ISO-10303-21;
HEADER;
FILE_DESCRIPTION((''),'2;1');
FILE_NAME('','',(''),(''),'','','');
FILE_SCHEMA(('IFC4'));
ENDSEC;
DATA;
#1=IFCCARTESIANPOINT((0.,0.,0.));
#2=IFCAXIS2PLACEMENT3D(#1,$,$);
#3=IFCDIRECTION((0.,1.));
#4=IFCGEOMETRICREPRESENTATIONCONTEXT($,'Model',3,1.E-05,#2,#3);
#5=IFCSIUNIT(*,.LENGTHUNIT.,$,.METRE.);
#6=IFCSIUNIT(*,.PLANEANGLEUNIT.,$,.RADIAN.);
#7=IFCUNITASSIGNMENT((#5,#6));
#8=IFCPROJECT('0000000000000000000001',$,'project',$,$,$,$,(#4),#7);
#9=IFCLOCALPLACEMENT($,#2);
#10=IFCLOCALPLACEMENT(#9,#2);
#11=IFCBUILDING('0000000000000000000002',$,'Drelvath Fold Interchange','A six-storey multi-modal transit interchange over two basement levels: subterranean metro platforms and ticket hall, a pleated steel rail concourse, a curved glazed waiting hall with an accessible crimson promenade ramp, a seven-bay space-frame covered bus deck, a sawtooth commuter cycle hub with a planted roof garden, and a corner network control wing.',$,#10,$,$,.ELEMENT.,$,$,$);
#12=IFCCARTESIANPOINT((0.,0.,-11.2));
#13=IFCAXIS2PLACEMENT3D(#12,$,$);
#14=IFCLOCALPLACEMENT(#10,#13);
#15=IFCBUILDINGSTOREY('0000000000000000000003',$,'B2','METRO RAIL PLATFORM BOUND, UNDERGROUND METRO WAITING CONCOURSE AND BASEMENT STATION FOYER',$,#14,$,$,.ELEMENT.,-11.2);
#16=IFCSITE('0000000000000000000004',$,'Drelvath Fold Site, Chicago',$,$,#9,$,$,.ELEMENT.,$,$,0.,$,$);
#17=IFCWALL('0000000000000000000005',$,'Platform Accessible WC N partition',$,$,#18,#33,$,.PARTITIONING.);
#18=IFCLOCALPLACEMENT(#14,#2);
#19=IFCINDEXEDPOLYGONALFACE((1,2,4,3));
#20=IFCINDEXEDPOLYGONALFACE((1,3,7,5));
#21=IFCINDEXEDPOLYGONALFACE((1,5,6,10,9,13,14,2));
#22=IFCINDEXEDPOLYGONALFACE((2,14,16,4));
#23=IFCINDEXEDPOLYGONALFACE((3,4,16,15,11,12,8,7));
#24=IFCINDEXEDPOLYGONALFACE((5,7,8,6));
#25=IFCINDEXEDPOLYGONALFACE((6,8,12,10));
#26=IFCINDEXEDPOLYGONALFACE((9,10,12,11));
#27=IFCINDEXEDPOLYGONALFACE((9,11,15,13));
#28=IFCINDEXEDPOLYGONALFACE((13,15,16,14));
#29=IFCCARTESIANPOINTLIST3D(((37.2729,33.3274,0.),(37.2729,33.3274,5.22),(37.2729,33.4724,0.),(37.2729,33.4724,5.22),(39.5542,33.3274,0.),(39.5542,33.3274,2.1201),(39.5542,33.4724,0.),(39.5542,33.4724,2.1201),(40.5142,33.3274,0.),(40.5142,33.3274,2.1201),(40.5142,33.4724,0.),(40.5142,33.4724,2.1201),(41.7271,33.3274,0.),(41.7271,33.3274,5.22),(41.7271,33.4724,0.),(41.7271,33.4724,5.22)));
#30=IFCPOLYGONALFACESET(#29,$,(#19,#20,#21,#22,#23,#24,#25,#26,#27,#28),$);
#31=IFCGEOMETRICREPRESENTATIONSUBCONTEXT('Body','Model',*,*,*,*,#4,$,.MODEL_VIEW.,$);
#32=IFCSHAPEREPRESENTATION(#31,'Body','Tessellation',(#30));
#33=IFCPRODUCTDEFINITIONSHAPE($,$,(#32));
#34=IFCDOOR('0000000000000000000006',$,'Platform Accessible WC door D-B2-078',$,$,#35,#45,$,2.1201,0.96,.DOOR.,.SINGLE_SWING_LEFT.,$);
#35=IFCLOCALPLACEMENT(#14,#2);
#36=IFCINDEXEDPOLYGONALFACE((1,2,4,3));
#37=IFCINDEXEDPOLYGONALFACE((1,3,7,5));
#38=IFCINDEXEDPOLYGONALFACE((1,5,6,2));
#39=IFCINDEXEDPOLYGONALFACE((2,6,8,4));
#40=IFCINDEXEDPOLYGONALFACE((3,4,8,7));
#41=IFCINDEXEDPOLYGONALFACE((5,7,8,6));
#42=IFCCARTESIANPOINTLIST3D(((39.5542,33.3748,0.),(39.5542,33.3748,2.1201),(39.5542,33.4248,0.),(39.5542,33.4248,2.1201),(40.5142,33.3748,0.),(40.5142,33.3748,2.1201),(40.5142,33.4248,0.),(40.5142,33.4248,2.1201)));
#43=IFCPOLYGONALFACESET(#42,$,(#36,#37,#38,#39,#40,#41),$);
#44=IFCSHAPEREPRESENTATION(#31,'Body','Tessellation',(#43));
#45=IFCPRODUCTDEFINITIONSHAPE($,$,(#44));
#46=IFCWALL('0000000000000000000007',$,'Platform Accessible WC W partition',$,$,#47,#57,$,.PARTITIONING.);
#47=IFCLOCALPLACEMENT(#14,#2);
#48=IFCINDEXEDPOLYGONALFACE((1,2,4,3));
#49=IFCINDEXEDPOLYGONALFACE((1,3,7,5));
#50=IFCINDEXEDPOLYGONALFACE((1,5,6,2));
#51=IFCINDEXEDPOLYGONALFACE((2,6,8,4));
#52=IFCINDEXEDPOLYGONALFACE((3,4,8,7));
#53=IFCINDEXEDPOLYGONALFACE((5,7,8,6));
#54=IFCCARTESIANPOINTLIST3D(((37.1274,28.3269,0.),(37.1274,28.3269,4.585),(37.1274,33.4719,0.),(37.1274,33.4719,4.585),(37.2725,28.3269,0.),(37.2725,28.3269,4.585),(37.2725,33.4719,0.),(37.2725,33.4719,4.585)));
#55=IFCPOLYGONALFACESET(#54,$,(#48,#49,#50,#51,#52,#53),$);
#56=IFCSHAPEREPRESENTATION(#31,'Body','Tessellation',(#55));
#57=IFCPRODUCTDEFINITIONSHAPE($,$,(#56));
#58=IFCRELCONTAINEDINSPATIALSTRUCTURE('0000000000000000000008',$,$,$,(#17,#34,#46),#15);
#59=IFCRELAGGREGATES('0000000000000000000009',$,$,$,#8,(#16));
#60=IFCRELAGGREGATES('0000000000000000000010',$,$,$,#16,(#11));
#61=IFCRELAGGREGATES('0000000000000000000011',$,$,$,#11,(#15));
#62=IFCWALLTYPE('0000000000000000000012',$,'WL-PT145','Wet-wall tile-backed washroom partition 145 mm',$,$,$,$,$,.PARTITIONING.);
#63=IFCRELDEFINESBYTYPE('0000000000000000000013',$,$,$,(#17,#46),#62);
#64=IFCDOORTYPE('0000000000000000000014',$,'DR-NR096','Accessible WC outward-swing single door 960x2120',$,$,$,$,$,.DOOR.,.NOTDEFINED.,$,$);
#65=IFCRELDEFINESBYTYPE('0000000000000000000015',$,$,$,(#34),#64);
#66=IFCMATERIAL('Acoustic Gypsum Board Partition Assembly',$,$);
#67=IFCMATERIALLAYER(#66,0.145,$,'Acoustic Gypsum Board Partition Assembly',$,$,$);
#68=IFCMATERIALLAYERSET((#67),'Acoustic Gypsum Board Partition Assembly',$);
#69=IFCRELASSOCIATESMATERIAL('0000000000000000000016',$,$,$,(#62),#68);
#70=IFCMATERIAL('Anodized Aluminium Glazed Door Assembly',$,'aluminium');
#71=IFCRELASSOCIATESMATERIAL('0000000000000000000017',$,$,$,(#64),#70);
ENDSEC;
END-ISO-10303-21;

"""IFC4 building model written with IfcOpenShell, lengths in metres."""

from ifc_helpers import new_model, si_unit, direction, frame, frame_2d, origin, place, context, subcontext, project, spatial, rectangle, extrude, material, layer, layer_set, type_object, element, fill, save


model = new_model("IFC4")

# Units and contexts
model_context = context("Model", 3, precision=1e-05, world=origin(), true_north=direction((0.0, 1.0)))
body_context = subcontext(model_context, "Body", "Model", "MODEL_VIEW")
ifc_project = project(units=[si_unit("LENGTHUNIT", "METRE"), si_unit("PLANEANGLEUNIT", "RADIAN")], contexts=[model_context])

# Site, building, storey
site_placement = place(None, origin())
site = spatial("IfcSite", under=ifc_project, at=site_placement, Name="Drelvath Fold Site, Chicago", CompositionType="ELEMENT", RefElevation=0.0)
building_placement = place(site_placement, origin())
building = spatial("IfcBuilding", under=site, at=building_placement, Name="Drelvath Fold Interchange", Description="A six-storey multi-modal transit interchange over two basement levels: subterranean metro platforms and ticket hall, a pleated steel rail concourse, a curved glazed waiting hall with an accessible crimson promenade ramp, a seven-bay space-frame covered bus deck, a sawtooth commuter cycle hub with a planted roof garden, and a corner network control wing.", CompositionType="ELEMENT")
storey_placement = place(building_placement, frame((0.0, 0.0, -11.2)))
storey = spatial("IfcBuildingStorey", under=building, at=storey_placement, Name="B2", Description="METRO RAIL PLATFORM BOUND, UNDERGROUND METRO WAITING CONCOURSE AND BASEMENT STATION FOYER", CompositionType="ELEMENT", Elevation=-11.2)

# Shared definitions
ifc_material_1 = material(Name="Acoustic Gypsum Board Partition Assembly")
ifc_layer = layer(ifc_material_1, 0.145, Name="Acoustic Gypsum Board Partition Assembly")
ifc_layer_set = layer_set([ifc_layer], Name="Acoustic Gypsum Board Partition Assembly")
wall_type = type_object("IfcWallType", Name="WL-PT145", Description="Wet-wall tile-backed washroom partition 145 mm", PredefinedType="PARTITIONING", material=ifc_layer_set)

# Wall, opening, door
wall_1_placement = place(storey_placement, frame((41.7271, 33.3999, 0.0), z_axis=(0.0, 0.0, 1.0), x_axis=(-1.0, 0.0, 0.0)))
wall_1 = element("IfcWall", 1, at=wall_1_placement, inside=storey, type_object=wall_type, Name="Platform Accessible WC N partition", PredefinedType="PARTITIONING", context=body_context, shape_type="SweptSolid", body=[
    extrude(rectangle(XDim=4.4541, YDim=0.145, at=frame_2d((2.2271, 0.0))), origin(), (0.0, 0.0, 1.0), 5.22),
])
opening_placement = place(wall_1_placement, frame((1.2129, 0.0, 0.0)))
opening = element("IfcOpeningElement", 2, at=opening_placement, cuts=wall_1, PredefinedType="OPENING", context=body_context, shape_type="SweptSolid", body=[
    extrude(rectangle(XDim=0.96, YDim=2.1201, at=frame_2d((0.48, 1.0601))), frame((0.0, 0.0825, 0.0), z_axis=(0.0, -1.0, 0.0), x_axis=(1.0, 0.0, 0.0)), (0.0, 0.0, 1.0), 0.165),
])
ifc_material_2 = material(Name="Anodized Aluminium Glazed Door Assembly", Category="aluminium")
door_type = type_object("IfcDoorType", Name="DR-NR096", Description="Accessible WC outward-swing single door 960x2120", OperationType="NOTDEFINED", PredefinedType="DOOR", material=ifc_material_2)
door_placement = place(opening_placement, frame((0.96, 0.0, 0.0), z_axis=(0.0, 0.0, 1.0), x_axis=(-1.0, 0.0, 0.0)))
door = element("IfcDoor", 3, at=door_placement, inside=storey, type_object=door_type, Name="Platform Accessible WC door D-B2-078", OperationType="SINGLE_SWING_LEFT", OverallHeight=2.1201, OverallWidth=0.96, PredefinedType="DOOR", context=body_context, shape_type="SweptSolid", body=[
    extrude(rectangle(XDim=0.96, YDim=2.1201, at=frame_2d((0.48, 1.0601))), frame((0.0, 0.0249, 0.0), z_axis=(0.0, -1.0, 0.0), x_axis=(1.0, 0.0, 0.0)), (0.0, 0.0, 1.0), 0.05),
])
fill(opening, door)

# Wall
wall_2_placement = place(storey_placement, frame((37.2, 33.4719, 0.0), z_axis=(0.0, 0.0, 1.0), x_axis=(0.0, -1.0, 0.0)))
element("IfcWall", 4, at=wall_2_placement, inside=storey, type_object=wall_type, Name="Platform Accessible WC W partition", PredefinedType="PARTITIONING", context=body_context, shape_type="SweptSolid", body=[
    extrude(rectangle(XDim=5.145, YDim=0.145, at=frame_2d((2.5725, 0.0))), origin(), (0.0, 0.0, 1.0), 4.585),
])

save(model, "model.ifc")
